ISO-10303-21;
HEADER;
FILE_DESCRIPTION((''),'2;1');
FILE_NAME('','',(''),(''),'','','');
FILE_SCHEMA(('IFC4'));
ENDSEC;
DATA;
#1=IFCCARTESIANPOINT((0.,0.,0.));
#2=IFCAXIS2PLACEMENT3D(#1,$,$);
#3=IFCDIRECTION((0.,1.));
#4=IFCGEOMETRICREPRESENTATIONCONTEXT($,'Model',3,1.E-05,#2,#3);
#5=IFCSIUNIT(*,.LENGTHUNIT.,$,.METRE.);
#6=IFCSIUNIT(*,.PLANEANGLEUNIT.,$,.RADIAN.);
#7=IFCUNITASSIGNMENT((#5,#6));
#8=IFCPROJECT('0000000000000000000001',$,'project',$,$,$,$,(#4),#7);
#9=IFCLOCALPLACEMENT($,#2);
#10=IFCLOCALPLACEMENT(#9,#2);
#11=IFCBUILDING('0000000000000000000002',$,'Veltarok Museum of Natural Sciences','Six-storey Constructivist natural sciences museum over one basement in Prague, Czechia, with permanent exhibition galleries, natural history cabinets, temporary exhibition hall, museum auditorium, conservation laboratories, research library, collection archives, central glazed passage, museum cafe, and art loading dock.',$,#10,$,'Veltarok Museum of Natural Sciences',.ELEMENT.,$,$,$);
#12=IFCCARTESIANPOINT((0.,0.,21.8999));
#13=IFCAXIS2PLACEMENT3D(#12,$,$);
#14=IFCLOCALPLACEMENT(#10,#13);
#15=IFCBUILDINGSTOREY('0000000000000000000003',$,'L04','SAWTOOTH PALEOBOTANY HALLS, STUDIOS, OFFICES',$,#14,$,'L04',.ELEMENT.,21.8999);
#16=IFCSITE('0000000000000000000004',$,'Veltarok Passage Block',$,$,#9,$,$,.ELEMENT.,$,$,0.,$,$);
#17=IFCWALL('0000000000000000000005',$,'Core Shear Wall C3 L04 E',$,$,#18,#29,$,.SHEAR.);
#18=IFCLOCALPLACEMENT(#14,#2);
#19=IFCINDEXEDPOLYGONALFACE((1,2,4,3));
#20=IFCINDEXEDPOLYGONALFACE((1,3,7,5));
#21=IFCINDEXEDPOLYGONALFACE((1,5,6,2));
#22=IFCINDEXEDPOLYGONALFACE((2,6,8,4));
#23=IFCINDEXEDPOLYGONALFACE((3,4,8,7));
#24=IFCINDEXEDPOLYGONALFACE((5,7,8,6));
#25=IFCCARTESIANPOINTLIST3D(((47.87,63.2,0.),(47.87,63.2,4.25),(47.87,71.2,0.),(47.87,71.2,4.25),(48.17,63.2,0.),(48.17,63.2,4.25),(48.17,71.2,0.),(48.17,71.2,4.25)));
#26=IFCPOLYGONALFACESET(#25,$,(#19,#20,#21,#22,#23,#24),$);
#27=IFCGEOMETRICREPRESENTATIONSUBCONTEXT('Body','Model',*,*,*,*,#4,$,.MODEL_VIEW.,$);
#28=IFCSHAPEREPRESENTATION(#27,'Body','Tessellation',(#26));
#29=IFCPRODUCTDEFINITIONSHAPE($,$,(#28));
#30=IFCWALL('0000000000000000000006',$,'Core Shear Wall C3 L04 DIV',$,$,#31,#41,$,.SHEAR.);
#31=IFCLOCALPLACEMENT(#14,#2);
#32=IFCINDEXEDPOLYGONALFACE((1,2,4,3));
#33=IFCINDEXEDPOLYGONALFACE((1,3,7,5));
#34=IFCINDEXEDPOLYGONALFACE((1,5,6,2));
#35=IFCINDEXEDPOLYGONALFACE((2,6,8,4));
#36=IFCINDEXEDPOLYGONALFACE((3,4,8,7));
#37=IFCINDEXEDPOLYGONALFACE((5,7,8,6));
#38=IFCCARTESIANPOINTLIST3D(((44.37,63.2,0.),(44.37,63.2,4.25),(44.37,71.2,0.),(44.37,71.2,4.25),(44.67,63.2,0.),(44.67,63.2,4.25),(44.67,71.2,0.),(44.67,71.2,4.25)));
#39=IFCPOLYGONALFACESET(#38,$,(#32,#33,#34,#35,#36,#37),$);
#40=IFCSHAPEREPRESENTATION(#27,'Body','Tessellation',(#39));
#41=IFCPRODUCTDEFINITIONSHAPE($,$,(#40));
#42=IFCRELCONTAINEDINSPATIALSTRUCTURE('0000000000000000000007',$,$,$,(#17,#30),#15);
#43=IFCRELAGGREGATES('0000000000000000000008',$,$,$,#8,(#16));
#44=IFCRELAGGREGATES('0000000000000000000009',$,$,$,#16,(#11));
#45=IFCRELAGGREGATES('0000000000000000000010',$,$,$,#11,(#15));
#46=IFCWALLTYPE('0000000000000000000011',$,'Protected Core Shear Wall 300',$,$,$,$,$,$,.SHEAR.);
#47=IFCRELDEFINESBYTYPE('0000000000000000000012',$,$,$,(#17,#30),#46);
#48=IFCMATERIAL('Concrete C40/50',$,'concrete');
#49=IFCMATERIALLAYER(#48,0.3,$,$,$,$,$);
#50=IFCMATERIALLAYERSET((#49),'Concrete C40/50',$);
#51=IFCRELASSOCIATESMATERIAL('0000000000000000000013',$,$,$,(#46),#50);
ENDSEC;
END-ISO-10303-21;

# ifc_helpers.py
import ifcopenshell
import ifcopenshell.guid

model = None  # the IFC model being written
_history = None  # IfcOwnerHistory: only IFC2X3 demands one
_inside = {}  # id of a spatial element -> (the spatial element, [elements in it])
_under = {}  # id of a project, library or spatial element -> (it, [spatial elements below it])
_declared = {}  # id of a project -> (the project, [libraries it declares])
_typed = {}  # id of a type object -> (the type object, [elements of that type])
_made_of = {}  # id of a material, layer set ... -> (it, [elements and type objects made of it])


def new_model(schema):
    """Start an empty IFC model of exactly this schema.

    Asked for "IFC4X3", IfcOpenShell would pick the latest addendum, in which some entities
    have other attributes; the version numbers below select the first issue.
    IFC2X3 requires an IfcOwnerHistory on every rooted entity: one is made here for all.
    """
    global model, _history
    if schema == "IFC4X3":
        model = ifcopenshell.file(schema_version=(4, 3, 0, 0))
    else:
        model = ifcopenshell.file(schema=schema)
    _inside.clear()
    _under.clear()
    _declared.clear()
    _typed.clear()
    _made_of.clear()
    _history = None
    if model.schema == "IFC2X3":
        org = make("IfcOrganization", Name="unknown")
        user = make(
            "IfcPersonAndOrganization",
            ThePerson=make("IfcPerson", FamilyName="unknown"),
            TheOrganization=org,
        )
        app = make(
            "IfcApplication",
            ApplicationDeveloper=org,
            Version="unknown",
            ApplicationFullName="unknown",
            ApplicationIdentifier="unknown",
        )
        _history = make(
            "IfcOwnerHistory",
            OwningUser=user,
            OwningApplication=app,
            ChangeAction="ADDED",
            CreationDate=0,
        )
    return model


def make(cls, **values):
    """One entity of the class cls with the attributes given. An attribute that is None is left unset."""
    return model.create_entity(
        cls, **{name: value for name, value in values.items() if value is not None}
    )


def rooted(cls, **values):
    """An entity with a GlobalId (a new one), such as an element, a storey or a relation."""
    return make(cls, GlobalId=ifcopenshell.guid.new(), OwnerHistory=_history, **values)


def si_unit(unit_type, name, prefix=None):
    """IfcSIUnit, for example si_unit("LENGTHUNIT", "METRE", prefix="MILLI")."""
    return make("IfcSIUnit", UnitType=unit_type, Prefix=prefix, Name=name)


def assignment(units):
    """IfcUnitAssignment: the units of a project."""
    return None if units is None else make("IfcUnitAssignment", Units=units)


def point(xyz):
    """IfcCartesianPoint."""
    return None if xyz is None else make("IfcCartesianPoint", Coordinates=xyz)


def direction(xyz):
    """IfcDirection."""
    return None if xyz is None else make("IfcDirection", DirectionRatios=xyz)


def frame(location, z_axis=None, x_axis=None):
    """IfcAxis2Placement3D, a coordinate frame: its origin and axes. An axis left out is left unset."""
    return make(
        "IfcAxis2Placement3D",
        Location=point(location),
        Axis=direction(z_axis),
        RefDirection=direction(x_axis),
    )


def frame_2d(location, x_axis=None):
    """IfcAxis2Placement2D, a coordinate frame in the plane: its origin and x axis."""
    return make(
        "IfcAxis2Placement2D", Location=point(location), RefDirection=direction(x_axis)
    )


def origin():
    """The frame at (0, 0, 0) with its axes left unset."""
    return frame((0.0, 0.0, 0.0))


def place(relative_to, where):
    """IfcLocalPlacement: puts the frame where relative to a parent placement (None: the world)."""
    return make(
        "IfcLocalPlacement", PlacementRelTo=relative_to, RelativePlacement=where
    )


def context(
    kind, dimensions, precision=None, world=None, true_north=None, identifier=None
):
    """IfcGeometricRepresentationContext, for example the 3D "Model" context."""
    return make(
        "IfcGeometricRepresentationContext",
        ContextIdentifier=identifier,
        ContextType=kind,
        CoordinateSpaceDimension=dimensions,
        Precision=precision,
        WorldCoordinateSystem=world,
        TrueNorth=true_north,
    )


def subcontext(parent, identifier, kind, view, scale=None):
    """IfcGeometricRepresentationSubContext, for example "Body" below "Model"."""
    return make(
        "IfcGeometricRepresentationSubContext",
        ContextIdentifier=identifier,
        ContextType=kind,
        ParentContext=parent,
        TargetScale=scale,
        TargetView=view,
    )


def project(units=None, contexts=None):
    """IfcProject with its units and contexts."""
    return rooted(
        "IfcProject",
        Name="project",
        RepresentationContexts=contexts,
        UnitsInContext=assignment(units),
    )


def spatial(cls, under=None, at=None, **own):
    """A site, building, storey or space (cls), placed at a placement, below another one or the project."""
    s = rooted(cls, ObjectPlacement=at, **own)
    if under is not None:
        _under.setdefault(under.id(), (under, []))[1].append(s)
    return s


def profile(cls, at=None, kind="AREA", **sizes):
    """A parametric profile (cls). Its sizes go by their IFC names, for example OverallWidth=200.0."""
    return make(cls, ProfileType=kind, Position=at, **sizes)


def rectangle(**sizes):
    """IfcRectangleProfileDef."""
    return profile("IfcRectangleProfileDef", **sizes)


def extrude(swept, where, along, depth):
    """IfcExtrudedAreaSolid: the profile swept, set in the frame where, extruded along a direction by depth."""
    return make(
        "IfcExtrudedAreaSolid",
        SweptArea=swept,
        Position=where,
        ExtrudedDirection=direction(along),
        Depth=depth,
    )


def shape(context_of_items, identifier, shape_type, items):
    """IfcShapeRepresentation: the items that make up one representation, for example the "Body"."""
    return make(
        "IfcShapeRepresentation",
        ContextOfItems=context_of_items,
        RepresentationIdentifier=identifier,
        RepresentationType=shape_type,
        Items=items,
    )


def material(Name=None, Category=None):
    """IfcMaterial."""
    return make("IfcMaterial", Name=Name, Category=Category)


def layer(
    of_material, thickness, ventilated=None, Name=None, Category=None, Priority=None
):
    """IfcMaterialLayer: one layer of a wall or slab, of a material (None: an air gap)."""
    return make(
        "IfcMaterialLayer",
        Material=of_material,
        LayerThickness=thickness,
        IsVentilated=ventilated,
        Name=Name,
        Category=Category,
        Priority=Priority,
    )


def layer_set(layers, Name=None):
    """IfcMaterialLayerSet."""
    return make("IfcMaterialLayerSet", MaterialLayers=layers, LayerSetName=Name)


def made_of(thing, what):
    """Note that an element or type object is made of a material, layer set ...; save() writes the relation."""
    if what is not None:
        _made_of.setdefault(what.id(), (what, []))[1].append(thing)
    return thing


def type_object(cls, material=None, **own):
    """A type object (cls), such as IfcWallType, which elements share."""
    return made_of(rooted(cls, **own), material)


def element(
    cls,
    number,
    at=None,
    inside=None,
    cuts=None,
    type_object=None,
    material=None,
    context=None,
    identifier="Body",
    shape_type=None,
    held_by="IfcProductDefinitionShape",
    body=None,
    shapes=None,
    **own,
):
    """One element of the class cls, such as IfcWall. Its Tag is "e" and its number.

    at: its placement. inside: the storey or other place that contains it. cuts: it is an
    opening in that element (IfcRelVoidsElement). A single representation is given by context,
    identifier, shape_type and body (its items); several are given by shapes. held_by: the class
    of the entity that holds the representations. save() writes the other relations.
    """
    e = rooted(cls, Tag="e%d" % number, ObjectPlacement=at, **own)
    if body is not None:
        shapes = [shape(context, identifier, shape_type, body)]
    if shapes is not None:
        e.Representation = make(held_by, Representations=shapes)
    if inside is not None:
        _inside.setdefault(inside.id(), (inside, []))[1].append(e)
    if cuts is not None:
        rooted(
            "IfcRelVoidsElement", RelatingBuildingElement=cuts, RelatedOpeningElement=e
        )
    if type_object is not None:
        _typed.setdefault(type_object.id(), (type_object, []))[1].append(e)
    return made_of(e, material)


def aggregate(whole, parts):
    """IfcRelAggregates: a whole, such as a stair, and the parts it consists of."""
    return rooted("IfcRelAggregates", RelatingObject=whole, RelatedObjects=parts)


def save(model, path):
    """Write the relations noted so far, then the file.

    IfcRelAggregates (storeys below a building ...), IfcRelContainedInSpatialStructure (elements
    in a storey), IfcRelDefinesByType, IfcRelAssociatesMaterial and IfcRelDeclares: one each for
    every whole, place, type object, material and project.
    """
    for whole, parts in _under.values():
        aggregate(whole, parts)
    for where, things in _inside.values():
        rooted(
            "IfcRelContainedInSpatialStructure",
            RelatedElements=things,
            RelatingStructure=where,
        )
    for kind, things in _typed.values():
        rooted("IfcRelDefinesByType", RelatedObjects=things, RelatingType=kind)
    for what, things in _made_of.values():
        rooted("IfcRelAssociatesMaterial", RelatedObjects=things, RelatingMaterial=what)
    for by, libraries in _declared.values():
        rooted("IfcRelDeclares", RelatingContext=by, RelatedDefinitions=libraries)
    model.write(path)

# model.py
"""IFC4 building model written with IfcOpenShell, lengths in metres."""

from ifc_helpers import new_model, si_unit, direction, frame, frame_2d, origin, place, context, subcontext, project, spatial, rectangle, extrude, material, layer, layer_set, type_object, element, save


model = new_model("IFC4")

# Units and contexts
model_context = context("Model", 3, precision=1e-05, world=origin(), true_north=direction((0.0, 1.0)))
body_context = subcontext(model_context, "Body", "Model", "MODEL_VIEW")
ifc_project = project(units=[si_unit("LENGTHUNIT", "METRE"), si_unit("PLANEANGLEUNIT", "RADIAN")], contexts=[model_context])

# Site, building, storey
site_placement = place(None, origin())
site = spatial("IfcSite", under=ifc_project, at=site_placement, Name="Veltarok Passage Block", CompositionType="ELEMENT", RefElevation=0.0)
building_placement = place(site_placement, origin())
building = spatial("IfcBuilding", under=site, at=building_placement, Name="Veltarok Museum of Natural Sciences", Description="Six-storey Constructivist natural sciences museum over one basement in Prague, Czechia, with permanent exhibition galleries, natural history cabinets, temporary exhibition hall, museum auditorium, conservation laboratories, research library, collection archives, central glazed passage, museum cafe, and art loading dock.", LongName="Veltarok Museum of Natural Sciences", CompositionType="ELEMENT")
storey_placement = place(building_placement, frame((0.0, 0.0, 21.8999)))
storey = spatial("IfcBuildingStorey", under=building, at=storey_placement, Name="L04", Description="SAWTOOTH PALEOBOTANY HALLS, STUDIOS, OFFICES", LongName="L04", CompositionType="ELEMENT", Elevation=21.8999)

# Shared definitions
ifc_material_1 = material(Name="Concrete C40/50", Category="concrete")
ifc_layer_1 = layer(ifc_material_1, 0.3)
ifc_layer_set_1 = layer_set([ifc_layer_1], Name="Concrete C40/50")
wall_type_1 = type_object("IfcWallType", Name="Protected Core Shear Wall 300", PredefinedType="SHEAR", material=ifc_layer_set_1)

# Walls
for number, where, z_axis, x_axis, name in (
    (1, (48.02, 63.2, 0.0), (0.0, 0.0, 1.0), (0.0, 1.0, 0.0), "Core Shear Wall C3 L04 E"),
    (2, (44.52, 63.2, 0.0), (0.0, 0.0, 1.0), (0.0, 1.0, 0.0), "Core Shear Wall C3 L04 DIV"),
):
    element("IfcWall", number, at=place(storey_placement, frame(where, z_axis=z_axis, x_axis=x_axis)), inside=storey, type_object=wall_type_1, Name=name, PredefinedType="SHEAR", context=body_context, shape_type="SweptSolid", body=[
        extrude(rectangle(XDim=8.0, YDim=0.3, at=frame_2d((4.0, 0.0))), origin(), (0.0, 0.0, 1.0), 4.25),
    ])

save(model, "model.ifc")
